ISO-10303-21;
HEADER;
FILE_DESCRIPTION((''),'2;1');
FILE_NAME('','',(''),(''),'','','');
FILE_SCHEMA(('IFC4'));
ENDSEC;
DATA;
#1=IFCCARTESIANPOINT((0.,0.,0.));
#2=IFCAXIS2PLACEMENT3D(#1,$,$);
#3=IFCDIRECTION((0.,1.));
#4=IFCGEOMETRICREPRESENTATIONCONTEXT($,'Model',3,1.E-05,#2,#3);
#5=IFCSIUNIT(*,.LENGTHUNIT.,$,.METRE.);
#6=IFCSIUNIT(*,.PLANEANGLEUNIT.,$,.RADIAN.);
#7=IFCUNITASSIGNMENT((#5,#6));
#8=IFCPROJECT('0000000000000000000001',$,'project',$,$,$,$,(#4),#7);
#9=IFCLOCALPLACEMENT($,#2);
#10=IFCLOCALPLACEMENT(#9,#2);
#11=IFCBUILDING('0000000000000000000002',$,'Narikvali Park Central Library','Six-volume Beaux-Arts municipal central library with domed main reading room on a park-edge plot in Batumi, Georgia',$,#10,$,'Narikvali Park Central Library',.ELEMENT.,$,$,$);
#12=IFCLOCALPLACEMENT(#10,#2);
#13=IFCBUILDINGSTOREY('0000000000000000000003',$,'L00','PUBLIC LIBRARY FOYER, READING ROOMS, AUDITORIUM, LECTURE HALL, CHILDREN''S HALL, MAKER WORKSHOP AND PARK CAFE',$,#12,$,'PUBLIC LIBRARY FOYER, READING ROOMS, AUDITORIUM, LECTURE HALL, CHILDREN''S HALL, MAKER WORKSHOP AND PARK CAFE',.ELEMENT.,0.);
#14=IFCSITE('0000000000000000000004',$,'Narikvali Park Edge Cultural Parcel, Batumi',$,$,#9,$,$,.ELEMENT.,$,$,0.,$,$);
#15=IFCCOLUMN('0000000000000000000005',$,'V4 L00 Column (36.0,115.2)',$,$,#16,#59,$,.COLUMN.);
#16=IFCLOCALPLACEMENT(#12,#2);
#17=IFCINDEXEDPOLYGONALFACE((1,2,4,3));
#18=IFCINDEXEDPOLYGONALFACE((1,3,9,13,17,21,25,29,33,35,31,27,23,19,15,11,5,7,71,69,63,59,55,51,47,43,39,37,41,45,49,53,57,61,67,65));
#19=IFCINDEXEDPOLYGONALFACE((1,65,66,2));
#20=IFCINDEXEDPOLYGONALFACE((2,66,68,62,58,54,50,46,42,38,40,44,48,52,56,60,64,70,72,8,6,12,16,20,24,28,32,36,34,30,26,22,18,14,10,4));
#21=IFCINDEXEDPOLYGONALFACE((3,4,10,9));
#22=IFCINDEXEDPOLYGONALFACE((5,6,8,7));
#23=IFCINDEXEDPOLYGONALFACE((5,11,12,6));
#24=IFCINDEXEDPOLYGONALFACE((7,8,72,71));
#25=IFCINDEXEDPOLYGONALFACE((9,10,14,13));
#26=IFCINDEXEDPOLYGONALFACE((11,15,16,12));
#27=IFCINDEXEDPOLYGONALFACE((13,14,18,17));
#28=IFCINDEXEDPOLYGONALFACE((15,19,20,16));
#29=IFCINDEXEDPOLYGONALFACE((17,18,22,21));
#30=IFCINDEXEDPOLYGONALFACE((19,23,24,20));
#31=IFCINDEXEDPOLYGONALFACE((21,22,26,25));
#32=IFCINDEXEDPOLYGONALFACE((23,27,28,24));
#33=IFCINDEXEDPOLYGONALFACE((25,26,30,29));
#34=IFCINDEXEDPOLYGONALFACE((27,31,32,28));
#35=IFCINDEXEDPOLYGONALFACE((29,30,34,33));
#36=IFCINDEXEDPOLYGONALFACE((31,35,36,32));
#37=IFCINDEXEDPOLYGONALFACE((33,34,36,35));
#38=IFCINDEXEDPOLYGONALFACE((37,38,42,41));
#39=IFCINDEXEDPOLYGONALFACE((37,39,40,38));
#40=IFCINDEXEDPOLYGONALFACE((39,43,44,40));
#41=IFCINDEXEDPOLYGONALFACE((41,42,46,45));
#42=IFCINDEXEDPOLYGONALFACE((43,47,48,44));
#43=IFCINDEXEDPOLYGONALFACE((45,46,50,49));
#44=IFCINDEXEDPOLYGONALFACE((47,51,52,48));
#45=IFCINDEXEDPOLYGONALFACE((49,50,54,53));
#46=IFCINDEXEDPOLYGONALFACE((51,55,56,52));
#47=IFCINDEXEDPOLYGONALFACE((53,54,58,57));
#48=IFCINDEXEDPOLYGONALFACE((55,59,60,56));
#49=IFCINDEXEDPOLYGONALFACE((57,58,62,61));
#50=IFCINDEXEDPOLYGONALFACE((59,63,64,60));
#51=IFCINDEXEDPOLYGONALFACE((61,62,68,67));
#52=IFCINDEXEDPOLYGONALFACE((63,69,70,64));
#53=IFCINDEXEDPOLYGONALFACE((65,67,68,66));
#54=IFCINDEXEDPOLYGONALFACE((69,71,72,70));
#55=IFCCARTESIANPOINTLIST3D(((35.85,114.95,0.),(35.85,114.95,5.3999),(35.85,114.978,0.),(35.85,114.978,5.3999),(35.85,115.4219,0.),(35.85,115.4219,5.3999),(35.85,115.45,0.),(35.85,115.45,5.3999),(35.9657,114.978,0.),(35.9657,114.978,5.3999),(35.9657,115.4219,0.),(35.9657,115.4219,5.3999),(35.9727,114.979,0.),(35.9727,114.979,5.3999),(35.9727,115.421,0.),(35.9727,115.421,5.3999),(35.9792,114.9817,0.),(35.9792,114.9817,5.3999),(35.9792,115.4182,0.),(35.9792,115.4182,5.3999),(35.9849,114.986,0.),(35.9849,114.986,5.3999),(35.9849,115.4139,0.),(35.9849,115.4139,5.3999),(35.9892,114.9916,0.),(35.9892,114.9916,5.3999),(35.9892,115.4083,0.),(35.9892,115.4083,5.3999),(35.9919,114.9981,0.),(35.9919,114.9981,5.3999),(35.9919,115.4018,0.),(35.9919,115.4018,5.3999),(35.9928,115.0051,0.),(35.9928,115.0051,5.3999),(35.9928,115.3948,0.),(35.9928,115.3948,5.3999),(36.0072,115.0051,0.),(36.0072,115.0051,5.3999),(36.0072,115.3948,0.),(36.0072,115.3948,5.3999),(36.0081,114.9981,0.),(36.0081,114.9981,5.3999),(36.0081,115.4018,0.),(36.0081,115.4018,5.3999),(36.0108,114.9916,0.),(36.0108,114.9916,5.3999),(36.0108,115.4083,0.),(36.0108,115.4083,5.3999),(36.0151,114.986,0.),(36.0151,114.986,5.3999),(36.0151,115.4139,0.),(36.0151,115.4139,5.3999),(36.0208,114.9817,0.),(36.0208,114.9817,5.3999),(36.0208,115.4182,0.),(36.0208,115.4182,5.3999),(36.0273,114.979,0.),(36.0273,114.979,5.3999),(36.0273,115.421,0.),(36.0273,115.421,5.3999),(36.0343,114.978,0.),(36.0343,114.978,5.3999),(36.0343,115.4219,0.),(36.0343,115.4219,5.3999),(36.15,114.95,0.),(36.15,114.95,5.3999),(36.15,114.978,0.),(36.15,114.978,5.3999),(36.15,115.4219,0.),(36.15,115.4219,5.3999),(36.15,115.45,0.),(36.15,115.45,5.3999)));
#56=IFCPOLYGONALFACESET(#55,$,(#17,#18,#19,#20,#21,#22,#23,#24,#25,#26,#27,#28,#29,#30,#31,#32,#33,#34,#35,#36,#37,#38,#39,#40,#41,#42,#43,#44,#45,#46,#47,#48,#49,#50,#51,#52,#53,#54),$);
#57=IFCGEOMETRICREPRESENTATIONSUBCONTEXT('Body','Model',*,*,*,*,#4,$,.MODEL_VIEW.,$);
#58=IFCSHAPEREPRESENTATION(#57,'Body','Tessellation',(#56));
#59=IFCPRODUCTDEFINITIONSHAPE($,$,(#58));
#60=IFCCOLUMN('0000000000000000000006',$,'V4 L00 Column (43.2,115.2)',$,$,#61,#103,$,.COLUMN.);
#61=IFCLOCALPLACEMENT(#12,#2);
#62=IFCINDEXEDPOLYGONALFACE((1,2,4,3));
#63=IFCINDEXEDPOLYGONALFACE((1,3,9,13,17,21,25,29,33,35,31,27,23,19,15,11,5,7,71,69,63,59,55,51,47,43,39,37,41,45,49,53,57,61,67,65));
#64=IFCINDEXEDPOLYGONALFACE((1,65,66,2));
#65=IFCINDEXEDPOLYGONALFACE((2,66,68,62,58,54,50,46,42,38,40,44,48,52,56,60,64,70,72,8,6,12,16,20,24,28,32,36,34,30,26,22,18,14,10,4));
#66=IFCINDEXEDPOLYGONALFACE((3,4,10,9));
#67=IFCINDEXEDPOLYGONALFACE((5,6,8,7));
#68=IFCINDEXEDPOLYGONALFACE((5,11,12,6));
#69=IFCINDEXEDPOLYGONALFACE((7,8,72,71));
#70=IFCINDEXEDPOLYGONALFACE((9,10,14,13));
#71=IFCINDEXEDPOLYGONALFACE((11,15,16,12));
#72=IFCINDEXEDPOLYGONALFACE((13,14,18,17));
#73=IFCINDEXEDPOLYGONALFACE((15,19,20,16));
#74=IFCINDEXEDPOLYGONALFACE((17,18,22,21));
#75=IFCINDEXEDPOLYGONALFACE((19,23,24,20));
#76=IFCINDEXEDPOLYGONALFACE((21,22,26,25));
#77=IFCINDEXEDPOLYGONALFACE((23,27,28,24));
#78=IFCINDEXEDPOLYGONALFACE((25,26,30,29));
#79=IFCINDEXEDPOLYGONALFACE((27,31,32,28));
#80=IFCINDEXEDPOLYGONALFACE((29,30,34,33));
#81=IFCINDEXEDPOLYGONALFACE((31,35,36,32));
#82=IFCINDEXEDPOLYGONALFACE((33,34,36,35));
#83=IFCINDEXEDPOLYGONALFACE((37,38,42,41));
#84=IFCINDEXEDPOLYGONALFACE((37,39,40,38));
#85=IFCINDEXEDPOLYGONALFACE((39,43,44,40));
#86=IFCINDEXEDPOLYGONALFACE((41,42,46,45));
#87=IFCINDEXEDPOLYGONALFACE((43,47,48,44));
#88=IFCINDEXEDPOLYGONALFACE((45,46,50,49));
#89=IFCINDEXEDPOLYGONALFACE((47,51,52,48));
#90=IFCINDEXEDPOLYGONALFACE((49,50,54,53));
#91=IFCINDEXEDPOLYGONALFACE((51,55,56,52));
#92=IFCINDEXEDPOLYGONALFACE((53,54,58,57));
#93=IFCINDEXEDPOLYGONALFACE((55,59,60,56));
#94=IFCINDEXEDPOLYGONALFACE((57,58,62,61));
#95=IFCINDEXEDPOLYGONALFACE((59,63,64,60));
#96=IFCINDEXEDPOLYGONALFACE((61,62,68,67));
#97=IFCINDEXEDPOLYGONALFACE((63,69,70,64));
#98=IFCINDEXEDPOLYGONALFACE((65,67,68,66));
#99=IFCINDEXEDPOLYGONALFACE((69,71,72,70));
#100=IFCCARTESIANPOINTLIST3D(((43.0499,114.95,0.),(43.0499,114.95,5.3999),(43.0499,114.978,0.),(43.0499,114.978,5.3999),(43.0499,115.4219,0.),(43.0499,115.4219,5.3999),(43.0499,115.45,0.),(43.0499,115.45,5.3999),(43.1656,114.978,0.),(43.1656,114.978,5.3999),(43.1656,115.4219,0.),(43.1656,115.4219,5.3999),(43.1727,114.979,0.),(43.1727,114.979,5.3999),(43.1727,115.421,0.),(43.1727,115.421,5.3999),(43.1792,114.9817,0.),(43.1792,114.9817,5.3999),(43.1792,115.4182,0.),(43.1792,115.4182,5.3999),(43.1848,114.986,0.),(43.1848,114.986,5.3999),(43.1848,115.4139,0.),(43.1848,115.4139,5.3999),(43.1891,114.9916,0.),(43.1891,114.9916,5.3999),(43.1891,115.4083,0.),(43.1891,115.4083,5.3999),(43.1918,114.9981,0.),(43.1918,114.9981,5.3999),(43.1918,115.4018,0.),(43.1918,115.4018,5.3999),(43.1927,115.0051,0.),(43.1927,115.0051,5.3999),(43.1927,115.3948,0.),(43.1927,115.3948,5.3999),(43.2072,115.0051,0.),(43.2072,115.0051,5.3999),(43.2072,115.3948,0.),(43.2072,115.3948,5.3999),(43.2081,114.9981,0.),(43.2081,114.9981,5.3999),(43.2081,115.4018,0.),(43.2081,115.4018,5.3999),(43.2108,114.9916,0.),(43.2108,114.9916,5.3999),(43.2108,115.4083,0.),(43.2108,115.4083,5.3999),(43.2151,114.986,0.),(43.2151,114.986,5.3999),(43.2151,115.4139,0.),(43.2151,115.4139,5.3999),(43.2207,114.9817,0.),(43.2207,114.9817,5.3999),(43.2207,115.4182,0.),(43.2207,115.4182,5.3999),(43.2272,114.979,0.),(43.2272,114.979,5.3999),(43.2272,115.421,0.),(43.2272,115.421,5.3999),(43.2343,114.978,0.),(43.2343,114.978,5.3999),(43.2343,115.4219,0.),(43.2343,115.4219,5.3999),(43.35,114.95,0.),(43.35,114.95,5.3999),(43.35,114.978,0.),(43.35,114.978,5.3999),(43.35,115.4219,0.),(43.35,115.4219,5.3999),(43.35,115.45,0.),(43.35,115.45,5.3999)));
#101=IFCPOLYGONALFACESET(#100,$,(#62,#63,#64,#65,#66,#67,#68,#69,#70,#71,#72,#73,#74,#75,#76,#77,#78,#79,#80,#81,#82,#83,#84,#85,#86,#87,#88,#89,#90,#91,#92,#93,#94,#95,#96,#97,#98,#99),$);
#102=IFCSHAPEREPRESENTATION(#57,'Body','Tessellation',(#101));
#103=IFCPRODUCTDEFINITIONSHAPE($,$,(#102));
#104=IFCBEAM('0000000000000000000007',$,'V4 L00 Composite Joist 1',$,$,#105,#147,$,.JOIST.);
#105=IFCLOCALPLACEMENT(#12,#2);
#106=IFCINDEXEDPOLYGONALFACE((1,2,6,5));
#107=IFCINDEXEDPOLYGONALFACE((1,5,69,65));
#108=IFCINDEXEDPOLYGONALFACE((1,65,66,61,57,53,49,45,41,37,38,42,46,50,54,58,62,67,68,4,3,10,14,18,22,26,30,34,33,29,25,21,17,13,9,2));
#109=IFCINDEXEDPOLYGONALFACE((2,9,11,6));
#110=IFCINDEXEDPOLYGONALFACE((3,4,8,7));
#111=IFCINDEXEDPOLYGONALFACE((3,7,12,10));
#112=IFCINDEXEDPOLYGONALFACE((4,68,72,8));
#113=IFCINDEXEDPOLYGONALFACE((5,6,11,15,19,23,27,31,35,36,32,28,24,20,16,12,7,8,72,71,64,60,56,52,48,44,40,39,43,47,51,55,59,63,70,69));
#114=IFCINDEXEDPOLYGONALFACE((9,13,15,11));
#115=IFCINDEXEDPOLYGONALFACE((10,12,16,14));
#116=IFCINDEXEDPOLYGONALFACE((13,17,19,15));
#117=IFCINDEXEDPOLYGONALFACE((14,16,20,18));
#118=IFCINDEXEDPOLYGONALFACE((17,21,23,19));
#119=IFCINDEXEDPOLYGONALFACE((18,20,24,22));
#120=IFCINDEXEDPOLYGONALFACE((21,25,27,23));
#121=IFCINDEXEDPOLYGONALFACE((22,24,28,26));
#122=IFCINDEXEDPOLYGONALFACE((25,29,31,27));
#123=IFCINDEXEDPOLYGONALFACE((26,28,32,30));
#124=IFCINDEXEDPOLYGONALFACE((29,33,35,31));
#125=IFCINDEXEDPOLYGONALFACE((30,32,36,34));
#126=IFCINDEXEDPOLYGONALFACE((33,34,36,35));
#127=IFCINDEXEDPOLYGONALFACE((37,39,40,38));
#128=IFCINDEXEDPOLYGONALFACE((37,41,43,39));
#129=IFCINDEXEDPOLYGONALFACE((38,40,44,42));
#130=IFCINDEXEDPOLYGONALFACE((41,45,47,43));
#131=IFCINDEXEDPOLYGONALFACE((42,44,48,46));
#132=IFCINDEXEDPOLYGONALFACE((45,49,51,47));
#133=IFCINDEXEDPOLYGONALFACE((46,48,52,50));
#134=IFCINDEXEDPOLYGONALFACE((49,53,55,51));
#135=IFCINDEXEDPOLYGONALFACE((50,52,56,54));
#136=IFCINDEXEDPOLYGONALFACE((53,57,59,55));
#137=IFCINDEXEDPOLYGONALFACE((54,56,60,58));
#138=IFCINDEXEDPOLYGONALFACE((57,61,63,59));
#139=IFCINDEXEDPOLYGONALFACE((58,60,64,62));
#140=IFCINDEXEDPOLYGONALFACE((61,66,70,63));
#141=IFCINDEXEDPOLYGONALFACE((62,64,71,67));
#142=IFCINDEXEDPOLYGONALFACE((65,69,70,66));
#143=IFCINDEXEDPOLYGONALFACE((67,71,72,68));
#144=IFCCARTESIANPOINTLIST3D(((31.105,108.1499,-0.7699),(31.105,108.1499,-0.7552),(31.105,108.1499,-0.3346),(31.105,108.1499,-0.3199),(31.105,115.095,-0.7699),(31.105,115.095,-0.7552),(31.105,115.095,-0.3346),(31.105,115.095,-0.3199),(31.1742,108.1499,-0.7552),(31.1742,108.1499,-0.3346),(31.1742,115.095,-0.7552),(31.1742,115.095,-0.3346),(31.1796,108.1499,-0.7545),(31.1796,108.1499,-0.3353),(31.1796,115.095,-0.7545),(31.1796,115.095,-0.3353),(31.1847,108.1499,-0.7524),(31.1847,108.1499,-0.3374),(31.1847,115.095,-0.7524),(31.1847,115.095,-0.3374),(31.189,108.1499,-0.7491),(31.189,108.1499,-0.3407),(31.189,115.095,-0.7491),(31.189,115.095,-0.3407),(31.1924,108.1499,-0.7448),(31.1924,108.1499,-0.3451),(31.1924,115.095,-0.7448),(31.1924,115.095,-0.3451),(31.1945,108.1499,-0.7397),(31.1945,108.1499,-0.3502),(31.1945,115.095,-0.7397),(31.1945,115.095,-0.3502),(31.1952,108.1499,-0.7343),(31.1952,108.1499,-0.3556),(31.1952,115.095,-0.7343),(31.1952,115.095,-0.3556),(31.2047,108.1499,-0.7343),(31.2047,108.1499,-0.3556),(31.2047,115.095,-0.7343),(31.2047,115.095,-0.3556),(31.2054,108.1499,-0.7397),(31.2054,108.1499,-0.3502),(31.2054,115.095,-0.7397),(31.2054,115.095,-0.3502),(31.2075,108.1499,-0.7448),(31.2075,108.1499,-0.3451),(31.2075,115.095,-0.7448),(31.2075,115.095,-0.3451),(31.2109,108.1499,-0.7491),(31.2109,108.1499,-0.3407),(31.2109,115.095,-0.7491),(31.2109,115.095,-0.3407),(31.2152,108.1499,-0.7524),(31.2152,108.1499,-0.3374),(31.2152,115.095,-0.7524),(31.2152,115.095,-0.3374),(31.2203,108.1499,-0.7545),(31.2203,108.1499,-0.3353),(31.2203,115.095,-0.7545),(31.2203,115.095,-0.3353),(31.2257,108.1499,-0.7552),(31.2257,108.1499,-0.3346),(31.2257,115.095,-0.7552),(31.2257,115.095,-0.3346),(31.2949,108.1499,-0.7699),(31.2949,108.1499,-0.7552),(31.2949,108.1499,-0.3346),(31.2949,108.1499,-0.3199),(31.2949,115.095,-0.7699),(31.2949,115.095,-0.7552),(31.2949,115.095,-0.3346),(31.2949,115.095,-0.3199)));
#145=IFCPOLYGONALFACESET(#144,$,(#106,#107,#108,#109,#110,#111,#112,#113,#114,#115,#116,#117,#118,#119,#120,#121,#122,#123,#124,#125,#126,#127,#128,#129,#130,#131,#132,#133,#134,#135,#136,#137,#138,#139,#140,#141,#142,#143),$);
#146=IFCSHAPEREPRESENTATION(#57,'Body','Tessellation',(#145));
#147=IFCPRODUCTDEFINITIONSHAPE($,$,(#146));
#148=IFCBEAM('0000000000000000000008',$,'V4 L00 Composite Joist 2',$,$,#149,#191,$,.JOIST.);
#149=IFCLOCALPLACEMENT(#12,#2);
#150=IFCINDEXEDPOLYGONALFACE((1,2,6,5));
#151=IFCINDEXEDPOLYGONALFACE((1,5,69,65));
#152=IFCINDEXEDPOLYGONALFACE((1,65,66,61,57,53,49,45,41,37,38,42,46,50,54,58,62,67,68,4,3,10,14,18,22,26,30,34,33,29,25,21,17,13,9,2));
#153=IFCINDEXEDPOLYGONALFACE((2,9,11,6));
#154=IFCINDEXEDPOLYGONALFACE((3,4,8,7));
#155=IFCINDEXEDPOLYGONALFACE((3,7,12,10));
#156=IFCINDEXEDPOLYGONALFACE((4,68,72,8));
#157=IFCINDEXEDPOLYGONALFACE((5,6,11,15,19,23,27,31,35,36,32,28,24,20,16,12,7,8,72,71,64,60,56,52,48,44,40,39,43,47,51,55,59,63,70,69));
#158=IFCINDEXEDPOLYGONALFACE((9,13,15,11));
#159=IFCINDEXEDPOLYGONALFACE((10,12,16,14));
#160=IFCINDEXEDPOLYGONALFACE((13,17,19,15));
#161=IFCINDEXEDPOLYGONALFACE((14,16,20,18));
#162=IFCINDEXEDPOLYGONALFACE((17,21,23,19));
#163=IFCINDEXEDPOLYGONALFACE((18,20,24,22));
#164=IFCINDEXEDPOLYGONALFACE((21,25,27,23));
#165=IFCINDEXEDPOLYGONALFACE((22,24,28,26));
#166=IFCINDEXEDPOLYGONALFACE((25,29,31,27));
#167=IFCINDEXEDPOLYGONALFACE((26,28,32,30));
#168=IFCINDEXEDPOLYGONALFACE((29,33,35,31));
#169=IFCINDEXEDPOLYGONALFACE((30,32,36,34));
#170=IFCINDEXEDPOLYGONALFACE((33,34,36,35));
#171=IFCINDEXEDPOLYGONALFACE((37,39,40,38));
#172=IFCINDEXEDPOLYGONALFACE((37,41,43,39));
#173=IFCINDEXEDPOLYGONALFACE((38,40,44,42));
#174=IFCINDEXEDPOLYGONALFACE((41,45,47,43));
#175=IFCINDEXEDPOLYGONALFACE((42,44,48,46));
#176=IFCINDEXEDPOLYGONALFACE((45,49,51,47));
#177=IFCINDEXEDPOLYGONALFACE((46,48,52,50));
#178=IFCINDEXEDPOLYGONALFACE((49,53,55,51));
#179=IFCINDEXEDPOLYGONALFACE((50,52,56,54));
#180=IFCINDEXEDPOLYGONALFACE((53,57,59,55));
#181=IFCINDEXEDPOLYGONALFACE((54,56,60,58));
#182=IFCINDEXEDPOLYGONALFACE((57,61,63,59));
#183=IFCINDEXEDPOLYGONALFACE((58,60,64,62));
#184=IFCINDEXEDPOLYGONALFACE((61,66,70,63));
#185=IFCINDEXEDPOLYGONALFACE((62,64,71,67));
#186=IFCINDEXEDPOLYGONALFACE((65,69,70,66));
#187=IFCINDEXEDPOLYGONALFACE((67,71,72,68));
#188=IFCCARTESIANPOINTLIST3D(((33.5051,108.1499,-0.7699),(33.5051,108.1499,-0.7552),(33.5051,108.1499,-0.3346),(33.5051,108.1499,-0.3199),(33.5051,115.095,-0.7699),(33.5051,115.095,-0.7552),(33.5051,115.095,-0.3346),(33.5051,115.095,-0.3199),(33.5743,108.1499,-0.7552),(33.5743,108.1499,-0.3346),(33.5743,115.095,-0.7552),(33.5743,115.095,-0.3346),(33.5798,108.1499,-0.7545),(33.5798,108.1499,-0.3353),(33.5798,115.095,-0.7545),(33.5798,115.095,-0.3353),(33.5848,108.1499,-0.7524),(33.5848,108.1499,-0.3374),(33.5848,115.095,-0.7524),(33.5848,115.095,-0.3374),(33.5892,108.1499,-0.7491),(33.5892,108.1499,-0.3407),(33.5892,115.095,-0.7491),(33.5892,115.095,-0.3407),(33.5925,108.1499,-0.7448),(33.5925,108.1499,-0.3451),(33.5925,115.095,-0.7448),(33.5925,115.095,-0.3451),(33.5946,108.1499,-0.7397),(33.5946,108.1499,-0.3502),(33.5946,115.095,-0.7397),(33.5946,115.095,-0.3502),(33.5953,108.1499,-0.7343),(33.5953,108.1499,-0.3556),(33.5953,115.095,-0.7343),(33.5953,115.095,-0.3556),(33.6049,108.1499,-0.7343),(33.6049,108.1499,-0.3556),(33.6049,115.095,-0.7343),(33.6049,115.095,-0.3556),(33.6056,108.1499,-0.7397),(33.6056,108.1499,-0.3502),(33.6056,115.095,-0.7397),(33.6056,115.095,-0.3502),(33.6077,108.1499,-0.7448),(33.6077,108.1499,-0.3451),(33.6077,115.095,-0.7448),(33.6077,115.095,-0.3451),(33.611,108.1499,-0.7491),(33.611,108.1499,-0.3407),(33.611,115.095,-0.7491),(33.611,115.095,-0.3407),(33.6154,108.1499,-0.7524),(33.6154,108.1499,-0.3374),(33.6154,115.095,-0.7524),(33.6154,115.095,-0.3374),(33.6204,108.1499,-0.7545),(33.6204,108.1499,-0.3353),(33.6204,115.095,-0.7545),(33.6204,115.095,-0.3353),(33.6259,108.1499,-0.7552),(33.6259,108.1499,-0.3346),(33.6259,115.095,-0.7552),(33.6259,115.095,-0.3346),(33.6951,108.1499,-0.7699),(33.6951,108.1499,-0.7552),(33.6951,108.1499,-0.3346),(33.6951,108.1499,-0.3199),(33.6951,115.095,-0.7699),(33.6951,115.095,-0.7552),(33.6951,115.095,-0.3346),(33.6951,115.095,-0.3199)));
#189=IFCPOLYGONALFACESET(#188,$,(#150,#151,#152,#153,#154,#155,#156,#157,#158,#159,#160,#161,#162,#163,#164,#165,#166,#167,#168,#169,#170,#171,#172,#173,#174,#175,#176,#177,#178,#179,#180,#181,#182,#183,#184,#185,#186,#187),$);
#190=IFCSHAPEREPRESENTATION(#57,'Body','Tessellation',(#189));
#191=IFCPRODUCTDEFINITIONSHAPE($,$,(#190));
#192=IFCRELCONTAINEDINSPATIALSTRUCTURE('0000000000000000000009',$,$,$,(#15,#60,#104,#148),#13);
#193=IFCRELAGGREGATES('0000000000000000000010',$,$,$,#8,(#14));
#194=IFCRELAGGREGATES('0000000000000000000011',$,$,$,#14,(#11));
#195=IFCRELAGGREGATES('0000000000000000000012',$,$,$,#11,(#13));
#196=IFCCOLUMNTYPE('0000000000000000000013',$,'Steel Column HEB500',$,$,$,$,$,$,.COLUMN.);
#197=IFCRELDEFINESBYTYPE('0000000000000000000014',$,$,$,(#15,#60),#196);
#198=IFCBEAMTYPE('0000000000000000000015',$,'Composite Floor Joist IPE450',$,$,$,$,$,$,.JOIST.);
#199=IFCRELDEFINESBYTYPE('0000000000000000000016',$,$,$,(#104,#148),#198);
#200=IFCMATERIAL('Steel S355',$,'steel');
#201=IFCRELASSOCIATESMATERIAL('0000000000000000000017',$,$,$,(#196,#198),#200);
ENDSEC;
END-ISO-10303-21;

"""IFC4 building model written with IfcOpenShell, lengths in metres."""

from ifc_helpers import new_model, si_unit, direction, frame, origin, origin_2d, place, context, subcontext, project, spatial, i_section, extrude, material, material_profile, profile_set, type_object, element, save


model = new_model("IFC4")

# Units and contexts
model_context = context("Model", 3, precision=1e-05, world=origin(), true_north=direction((0.0, 1.0)))
body_context = subcontext(model_context, "Body", "Model", "MODEL_VIEW")
ifc_project = project(units=[si_unit("LENGTHUNIT", "METRE"), si_unit("PLANEANGLEUNIT", "RADIAN")], contexts=[model_context])

# Site, building, storey
site_placement = place(None, origin())
site = spatial("IfcSite", under=ifc_project, at=site_placement, Name="Narikvali Park Edge Cultural Parcel, Batumi", CompositionType="ELEMENT", RefElevation=0.0)
building_placement = place(site_placement, origin())
building = spatial("IfcBuilding", under=site, at=building_placement, Name="Narikvali Park Central Library", Description="Six-volume Beaux-Arts municipal central library with domed main reading room on a park-edge plot in Batumi, Georgia", LongName="Narikvali Park Central Library", CompositionType="ELEMENT")
storey_placement = place(building_placement, origin())
storey = spatial("IfcBuildingStorey", under=building, at=storey_placement, Name="L00", Description="PUBLIC LIBRARY FOYER, READING ROOMS, AUDITORIUM, LECTURE HALL, CHILDREN'S HALL, MAKER WORKSHOP AND PARK CAFE", LongName="PUBLIC LIBRARY FOYER, READING ROOMS, AUDITORIUM, LECTURE HALL, CHILDREN'S HALL, MAKER WORKSHOP AND PARK CAFE", CompositionType="ELEMENT", Elevation=0.0)

# Columns
ifc_material_1 = material(Name="Steel S355", Category="steel")
ifc_material_profile_1 = material_profile(ifc_material_1, i_section(OverallWidth=0.3, OverallDepth=0.5, WebThickness=0.0144, FlangeThickness=0.0281, FilletRadius=0.0271, at=origin_2d()), Name="HEB 500")
ifc_profile_set_1 = profile_set([ifc_material_profile_1], Name="Steel S355")
column_type = type_object("IfcColumnType", Name="Steel Column HEB500", PredefinedType="COLUMN", material=ifc_profile_set_1)
for number, where, z_axis, x_axis, name in (
    (1, (36.0, 115.2, 0.0), (0.0, 0.0, 1.0), (1.0, 0.0, 0.0), "V4 L00 Column (36.0,115.2)"),
    (2, (43.2, 115.2, 0.0), (0.0, 0.0, 1.0), (1.0, 0.0, 0.0), "V4 L00 Column (43.2,115.2)"),
):
    element("IfcColumn", number, at=place(storey_placement, frame(where, z_axis=z_axis, x_axis=x_axis)), inside=storey, type_object=column_type, Name=name, PredefinedType="COLUMN", context=body_context, shape_type="SweptSolid", body=[
        extrude(i_section(OverallWidth=0.3, OverallDepth=0.5, WebThickness=0.0144, FlangeThickness=0.0281, FilletRadius=0.0271, at=origin_2d()), origin(), (0.0, 0.0, 1.0), 5.3999),
    ])

# Beams
ifc_material_profile_2 = material_profile(ifc_material_1, i_section(OverallWidth=0.1899, OverallDepth=0.45, WebThickness=0.0095, FlangeThickness=0.0146, FilletRadius=0.021, at=origin_2d()), Name="IPE 450")
ifc_profile_set_2 = profile_set([ifc_material_profile_2], Name="Steel S355")
beam_type_1 = type_object("IfcBeamType", Name="Composite Floor Joist IPE450", PredefinedType="JOIST", material=ifc_profile_set_2)
for number, where, z_axis, x_axis, name in (
    (3, (31.2, 108.1499, -0.5449), (0.0, 1.0, 0.0), (-1.0, 0.0, 0.0), "V4 L00 Composite Joist 1"),
    (4, (33.6001, 108.1499, -0.5449), (0.0, 1.0, 0.0), (-1.0, 0.0, 0.0), "V4 L00 Composite Joist 2"),
):
    element("IfcBeam", number, at=place(storey_placement, frame(where, z_axis=z_axis, x_axis=x_axis)), inside=storey, type_object=beam_type_1, Name=name, PredefinedType="JOIST", context=body_context, shape_type="SweptSolid", body=[
        extrude(i_section(OverallWidth=0.1899, OverallDepth=0.45, WebThickness=0.0095, FlangeThickness=0.0146, FilletRadius=0.021, at=origin_2d()), origin(), (0.0, 0.0, 1.0), 6.9451),
    ])

save(model, "model.ifc")
